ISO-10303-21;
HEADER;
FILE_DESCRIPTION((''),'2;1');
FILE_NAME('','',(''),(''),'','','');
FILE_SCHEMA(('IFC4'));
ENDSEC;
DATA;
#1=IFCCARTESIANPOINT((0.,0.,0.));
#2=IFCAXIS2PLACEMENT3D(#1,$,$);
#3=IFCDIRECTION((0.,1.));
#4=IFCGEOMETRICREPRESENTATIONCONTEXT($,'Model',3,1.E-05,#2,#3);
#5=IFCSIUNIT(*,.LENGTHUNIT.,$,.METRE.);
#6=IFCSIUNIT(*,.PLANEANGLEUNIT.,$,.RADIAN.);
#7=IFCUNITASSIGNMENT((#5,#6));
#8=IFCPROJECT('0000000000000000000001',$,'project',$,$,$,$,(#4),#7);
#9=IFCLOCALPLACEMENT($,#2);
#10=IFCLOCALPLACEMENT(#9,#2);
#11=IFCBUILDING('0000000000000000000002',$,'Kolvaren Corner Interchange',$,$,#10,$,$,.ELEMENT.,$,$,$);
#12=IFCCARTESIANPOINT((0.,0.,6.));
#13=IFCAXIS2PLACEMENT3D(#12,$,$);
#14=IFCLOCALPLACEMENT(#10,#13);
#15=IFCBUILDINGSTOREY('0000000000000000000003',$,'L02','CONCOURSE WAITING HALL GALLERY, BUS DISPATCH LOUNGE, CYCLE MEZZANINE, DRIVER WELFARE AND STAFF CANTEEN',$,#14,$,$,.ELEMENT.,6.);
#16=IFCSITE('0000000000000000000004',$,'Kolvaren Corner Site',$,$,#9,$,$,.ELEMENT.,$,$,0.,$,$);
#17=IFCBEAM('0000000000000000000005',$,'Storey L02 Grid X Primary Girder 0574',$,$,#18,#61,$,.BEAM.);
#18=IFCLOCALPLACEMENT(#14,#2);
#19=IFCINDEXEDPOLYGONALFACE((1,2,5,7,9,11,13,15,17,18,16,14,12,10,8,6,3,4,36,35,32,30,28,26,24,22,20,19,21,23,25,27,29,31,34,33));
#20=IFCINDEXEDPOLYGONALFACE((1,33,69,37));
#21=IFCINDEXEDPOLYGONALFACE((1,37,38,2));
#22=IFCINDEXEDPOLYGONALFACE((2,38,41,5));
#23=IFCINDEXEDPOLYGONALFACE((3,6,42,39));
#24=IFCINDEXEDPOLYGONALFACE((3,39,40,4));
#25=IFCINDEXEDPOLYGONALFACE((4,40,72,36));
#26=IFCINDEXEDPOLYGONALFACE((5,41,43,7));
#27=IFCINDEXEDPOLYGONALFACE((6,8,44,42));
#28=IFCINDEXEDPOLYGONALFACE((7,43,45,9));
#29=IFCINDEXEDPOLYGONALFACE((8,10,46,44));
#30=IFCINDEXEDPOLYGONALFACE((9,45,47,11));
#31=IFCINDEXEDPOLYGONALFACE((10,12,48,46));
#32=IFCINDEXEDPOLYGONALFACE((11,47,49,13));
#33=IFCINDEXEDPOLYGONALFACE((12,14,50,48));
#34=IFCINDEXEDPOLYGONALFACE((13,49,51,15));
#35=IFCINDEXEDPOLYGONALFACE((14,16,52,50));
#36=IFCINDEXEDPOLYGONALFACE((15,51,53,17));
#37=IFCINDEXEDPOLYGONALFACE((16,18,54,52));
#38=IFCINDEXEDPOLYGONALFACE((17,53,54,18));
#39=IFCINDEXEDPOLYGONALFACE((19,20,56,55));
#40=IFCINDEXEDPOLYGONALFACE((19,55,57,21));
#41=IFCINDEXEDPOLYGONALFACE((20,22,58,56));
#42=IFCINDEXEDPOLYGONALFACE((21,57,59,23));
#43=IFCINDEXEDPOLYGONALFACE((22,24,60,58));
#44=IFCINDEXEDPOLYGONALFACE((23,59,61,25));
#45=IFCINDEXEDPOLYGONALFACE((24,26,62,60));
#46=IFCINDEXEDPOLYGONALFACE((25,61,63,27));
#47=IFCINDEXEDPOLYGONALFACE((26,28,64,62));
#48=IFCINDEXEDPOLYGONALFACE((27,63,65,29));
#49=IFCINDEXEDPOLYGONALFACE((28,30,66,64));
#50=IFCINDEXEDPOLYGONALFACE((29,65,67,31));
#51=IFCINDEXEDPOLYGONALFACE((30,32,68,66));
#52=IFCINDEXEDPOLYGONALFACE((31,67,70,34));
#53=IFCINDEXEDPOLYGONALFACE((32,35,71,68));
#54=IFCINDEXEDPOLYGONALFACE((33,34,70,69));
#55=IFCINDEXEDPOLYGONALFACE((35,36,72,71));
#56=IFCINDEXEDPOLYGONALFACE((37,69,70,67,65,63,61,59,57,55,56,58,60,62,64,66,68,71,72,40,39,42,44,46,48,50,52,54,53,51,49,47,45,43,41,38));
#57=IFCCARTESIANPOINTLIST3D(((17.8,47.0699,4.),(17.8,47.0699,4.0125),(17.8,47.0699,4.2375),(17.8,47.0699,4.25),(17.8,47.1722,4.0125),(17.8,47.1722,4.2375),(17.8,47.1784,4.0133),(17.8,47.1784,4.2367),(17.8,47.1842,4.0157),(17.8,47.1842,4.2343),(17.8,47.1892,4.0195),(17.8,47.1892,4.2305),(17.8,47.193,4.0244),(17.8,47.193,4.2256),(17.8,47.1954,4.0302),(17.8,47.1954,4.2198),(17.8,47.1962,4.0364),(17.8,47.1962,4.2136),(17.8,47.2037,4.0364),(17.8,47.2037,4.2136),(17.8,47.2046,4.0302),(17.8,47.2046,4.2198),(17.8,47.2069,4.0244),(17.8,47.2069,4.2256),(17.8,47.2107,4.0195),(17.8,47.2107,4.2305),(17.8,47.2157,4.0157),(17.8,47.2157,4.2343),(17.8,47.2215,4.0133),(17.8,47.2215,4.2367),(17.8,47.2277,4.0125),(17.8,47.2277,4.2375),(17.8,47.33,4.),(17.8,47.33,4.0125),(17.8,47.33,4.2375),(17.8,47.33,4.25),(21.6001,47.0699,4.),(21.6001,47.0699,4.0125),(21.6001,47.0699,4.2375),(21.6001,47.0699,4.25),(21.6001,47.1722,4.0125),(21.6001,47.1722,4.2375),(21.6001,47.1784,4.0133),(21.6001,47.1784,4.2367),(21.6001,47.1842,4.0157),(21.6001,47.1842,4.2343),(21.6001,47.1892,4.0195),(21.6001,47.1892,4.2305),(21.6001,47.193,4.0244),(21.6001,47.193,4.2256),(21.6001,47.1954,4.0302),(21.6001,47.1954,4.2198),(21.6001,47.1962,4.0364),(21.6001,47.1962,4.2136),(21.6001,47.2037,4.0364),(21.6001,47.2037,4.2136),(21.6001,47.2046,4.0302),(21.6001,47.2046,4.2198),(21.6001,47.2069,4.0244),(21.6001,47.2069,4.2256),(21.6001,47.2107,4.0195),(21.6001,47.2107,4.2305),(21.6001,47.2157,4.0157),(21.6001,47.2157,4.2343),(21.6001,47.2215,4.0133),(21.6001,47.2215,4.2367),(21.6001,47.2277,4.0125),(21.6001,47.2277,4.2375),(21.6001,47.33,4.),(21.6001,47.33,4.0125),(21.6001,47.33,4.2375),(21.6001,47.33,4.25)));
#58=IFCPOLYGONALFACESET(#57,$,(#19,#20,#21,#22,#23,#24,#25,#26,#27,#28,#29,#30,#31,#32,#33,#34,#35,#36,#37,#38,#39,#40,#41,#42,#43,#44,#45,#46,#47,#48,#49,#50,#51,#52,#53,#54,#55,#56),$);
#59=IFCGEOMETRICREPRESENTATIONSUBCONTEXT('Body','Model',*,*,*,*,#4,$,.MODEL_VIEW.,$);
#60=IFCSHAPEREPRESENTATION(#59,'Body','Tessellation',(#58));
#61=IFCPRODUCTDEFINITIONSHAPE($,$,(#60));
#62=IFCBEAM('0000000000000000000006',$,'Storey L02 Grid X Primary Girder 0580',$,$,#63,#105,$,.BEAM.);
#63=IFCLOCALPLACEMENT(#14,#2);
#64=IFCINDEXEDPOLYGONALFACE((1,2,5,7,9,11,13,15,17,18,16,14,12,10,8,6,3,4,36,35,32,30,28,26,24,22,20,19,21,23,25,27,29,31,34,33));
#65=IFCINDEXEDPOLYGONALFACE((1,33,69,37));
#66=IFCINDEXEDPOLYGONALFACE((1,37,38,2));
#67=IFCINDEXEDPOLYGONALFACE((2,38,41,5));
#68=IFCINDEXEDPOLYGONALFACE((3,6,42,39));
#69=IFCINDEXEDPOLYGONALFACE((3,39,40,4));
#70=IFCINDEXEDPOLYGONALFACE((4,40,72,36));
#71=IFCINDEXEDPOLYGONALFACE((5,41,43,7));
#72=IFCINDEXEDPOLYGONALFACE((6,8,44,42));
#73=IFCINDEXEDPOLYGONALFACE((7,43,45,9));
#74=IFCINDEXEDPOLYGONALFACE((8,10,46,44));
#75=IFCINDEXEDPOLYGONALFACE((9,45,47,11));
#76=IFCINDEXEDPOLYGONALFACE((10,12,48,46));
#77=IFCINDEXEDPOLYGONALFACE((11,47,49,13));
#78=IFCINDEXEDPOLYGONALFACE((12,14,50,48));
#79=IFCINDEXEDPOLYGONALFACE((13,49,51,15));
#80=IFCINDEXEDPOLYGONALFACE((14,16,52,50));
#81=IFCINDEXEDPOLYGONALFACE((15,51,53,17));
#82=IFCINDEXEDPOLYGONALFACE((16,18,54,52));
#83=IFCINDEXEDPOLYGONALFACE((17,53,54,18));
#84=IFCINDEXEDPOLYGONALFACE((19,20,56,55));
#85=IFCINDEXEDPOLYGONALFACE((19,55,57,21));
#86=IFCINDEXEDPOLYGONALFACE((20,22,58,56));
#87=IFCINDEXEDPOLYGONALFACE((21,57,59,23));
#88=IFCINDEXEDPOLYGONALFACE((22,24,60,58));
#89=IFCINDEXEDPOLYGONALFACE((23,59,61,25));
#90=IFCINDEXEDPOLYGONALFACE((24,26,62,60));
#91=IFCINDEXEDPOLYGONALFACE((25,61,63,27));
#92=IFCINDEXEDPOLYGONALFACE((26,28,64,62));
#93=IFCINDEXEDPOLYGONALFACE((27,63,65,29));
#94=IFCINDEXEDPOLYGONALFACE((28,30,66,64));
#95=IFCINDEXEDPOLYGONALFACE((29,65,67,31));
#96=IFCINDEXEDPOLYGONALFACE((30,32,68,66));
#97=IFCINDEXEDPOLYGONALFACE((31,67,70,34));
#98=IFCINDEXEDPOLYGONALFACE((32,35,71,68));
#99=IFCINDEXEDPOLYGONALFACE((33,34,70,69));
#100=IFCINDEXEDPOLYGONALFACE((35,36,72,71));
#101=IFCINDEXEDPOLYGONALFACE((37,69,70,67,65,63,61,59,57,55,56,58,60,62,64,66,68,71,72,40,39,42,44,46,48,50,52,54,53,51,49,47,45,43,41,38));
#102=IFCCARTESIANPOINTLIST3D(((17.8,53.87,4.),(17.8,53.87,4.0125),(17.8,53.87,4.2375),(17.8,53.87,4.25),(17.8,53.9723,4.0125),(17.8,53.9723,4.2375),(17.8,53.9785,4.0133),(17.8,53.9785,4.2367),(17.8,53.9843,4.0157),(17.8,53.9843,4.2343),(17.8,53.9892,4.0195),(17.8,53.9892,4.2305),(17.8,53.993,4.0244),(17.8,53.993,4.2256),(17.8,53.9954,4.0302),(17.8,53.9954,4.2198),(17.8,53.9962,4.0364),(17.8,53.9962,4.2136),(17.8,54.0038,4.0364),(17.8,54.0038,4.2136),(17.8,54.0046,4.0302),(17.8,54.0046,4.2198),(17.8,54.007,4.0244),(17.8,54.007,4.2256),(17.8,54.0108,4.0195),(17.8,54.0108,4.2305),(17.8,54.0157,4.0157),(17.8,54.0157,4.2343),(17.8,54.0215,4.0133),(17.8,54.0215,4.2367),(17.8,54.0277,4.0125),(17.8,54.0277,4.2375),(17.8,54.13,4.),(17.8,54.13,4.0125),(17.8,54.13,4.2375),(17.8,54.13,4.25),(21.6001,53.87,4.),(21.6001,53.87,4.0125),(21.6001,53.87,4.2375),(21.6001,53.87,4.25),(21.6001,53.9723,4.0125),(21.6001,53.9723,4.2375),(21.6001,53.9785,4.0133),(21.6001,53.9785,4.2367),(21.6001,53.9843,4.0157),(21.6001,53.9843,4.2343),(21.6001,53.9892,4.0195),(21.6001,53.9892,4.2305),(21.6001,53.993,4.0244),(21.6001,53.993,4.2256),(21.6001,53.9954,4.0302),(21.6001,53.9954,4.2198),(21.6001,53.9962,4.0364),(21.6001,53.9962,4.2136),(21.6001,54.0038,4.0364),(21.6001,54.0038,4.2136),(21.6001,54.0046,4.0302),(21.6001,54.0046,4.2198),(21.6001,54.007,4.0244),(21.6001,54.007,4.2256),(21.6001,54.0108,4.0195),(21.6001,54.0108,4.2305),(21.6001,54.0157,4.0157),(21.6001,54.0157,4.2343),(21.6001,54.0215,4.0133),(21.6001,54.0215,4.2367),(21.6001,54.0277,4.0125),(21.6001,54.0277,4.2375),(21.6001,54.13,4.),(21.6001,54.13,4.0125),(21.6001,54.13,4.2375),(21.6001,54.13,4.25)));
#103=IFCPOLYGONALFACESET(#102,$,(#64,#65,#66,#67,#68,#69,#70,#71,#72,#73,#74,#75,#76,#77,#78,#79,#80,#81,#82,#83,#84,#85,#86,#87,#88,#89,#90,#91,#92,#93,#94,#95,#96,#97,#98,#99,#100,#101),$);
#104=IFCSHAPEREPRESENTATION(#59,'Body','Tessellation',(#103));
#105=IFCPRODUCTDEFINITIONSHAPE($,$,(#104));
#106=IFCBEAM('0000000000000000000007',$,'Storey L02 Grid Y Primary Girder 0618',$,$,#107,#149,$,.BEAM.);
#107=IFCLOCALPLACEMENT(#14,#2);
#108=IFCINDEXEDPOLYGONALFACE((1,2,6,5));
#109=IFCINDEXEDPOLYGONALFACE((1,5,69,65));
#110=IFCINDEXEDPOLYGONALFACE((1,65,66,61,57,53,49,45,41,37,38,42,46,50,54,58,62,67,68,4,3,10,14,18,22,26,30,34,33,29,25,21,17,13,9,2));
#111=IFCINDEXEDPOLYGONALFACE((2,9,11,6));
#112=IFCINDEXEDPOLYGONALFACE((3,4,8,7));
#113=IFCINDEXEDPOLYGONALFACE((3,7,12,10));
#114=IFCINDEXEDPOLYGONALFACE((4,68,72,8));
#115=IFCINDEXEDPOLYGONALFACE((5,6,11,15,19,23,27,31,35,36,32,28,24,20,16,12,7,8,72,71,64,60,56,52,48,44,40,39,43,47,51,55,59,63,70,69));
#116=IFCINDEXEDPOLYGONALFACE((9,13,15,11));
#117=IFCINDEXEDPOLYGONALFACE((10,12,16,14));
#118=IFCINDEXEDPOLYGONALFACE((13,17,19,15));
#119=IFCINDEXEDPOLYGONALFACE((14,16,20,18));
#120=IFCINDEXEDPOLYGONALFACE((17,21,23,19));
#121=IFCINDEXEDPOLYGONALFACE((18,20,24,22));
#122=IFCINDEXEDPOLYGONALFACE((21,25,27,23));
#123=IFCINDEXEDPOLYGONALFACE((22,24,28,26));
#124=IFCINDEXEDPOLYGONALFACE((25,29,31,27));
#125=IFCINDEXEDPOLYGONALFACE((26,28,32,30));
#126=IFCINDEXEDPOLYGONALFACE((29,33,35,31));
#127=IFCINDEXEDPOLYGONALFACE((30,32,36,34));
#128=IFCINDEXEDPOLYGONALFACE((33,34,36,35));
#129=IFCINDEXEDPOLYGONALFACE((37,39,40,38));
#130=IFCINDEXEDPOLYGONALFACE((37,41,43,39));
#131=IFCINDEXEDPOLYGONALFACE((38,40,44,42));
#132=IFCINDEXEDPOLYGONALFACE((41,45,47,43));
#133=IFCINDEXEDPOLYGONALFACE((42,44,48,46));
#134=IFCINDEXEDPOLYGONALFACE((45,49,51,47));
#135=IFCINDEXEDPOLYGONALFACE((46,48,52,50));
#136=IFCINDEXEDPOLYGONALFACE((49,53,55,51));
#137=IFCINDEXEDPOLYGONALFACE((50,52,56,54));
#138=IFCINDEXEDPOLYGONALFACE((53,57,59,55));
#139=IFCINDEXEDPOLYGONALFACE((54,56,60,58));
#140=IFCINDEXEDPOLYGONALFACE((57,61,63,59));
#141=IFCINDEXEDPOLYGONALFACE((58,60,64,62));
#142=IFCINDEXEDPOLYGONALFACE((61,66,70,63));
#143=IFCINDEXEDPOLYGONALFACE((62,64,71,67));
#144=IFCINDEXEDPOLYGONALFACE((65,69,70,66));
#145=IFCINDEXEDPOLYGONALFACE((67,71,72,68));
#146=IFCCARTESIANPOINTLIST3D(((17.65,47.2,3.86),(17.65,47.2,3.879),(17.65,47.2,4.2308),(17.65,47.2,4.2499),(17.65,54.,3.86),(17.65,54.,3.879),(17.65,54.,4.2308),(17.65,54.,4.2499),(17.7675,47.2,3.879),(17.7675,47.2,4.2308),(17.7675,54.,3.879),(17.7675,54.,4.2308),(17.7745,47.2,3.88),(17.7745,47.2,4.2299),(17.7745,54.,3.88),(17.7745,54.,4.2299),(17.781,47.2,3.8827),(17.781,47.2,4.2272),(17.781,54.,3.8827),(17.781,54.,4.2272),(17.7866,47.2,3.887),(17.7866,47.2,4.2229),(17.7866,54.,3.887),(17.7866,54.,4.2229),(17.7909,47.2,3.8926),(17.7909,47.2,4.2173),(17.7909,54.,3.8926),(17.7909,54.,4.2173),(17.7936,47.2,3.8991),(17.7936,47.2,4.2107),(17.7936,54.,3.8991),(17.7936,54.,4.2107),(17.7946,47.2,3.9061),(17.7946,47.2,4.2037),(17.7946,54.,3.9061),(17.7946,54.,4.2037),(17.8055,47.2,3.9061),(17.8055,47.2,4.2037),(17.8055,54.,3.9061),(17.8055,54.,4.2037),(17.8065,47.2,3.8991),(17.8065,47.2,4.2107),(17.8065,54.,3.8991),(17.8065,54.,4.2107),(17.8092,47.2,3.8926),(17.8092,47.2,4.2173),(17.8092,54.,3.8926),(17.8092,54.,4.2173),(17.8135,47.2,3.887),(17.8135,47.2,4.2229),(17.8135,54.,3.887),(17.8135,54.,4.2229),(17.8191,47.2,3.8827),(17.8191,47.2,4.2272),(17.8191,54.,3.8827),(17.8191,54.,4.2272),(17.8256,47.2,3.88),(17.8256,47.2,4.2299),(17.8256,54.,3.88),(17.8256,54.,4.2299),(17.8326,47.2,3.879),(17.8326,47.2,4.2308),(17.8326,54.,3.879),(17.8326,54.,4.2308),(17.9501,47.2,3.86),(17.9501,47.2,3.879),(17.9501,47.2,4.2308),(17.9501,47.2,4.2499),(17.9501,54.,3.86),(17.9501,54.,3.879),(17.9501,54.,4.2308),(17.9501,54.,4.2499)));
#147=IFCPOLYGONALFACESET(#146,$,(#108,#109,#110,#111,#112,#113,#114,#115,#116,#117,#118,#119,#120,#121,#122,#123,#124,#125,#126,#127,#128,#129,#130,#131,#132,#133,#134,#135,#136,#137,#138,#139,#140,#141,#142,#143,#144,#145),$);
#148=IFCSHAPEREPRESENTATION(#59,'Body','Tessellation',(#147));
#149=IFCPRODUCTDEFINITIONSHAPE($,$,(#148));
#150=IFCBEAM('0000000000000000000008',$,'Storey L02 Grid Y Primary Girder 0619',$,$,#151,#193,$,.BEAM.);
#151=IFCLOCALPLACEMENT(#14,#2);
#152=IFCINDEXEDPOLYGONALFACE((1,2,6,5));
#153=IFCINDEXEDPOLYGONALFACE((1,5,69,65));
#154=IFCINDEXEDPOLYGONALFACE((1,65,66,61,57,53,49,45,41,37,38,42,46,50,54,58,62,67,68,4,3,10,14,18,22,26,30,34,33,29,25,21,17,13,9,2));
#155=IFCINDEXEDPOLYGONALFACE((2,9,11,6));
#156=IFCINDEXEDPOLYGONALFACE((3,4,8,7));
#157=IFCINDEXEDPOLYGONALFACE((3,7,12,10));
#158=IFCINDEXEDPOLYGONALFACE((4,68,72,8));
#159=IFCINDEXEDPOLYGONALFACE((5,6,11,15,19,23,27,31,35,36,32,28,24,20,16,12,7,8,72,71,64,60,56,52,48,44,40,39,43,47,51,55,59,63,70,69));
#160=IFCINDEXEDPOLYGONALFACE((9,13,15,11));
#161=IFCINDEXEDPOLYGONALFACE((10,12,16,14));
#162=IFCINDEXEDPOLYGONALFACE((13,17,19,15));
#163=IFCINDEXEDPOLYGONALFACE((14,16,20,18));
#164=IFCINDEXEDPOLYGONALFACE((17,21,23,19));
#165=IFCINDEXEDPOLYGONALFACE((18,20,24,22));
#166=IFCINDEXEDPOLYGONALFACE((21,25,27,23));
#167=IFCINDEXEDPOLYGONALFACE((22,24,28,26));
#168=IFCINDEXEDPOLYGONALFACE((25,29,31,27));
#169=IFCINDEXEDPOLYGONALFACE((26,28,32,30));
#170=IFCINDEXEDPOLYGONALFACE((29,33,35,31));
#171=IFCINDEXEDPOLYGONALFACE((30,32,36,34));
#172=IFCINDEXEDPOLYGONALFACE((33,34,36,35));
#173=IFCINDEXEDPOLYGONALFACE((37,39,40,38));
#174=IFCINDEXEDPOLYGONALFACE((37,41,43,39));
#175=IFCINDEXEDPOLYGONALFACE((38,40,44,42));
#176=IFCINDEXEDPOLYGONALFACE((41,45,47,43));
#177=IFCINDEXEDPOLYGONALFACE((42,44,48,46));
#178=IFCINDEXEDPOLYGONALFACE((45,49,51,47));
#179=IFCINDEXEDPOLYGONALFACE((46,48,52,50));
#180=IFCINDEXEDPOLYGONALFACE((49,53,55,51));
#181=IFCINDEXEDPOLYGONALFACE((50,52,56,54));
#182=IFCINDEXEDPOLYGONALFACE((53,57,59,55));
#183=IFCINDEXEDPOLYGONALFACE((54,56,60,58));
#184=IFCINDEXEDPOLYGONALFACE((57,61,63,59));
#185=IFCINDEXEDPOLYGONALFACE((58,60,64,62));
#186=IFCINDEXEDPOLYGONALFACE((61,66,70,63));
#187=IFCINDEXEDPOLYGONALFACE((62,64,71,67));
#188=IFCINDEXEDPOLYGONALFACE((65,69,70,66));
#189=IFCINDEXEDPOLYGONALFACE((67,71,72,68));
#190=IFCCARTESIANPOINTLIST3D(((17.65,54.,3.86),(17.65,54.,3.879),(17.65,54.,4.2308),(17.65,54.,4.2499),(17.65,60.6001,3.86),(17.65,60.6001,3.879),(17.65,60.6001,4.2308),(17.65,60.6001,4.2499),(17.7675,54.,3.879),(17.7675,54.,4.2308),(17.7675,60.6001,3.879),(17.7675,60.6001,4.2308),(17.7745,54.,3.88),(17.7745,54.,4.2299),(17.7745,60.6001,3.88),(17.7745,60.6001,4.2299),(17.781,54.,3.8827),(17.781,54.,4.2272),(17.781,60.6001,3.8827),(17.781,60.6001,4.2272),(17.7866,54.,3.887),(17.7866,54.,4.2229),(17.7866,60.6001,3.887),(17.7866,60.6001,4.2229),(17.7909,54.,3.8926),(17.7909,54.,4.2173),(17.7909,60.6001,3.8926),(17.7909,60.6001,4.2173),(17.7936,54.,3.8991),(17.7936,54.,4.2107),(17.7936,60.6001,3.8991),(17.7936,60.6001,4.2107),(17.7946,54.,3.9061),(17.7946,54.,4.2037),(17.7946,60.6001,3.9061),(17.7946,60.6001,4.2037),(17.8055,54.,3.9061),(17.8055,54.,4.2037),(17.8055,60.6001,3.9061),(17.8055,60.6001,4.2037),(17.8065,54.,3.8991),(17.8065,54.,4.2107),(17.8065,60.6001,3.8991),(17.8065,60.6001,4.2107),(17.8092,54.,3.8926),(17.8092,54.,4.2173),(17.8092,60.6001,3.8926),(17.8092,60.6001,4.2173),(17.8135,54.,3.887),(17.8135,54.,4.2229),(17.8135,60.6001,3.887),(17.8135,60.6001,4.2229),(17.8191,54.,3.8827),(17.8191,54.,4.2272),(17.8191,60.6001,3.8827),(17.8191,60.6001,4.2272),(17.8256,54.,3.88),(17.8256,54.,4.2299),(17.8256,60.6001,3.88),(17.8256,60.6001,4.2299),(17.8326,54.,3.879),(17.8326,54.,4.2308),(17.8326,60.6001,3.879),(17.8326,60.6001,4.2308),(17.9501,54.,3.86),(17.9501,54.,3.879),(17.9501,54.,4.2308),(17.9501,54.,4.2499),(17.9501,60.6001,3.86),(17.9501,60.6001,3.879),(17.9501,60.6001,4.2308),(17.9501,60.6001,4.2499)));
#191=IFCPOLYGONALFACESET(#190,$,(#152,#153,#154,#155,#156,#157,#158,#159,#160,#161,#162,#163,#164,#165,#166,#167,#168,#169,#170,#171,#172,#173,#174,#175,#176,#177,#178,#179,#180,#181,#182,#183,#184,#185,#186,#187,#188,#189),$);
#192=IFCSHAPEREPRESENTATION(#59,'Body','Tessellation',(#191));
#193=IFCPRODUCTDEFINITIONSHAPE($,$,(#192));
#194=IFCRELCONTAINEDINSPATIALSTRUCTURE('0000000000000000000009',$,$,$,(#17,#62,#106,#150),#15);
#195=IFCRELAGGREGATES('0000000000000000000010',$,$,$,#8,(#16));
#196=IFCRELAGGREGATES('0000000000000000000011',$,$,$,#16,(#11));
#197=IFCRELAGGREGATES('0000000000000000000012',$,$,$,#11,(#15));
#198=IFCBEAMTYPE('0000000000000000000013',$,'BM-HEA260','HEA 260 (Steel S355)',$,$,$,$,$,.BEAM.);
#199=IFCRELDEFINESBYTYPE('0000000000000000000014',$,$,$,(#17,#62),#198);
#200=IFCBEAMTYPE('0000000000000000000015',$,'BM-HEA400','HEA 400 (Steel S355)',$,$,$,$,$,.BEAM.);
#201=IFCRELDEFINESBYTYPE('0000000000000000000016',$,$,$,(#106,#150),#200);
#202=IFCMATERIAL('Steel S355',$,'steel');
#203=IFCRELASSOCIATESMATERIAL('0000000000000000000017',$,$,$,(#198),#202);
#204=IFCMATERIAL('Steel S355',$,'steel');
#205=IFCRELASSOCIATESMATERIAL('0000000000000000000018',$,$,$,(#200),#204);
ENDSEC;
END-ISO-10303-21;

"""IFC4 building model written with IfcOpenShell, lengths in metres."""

from ifc_helpers import new_model, si_unit, direction, frame, origin, origin_2d, place, context, subcontext, project, spatial, i_section, extrude, material, material_profile, profile_set, type_object, element, save


model = new_model("IFC4")

# Units and contexts
model_context = context("Model", 3, precision=1e-05, world=origin(), true_north=direction((0.0, 1.0)))
body_context = subcontext(model_context, "Body", "Model", "MODEL_VIEW")
ifc_project = project(units=[si_unit("LENGTHUNIT", "METRE"), si_unit("PLANEANGLEUNIT", "RADIAN")], contexts=[model_context])

# Site, building, storey
site_placement = place(None, origin())
site = spatial("IfcSite", under=ifc_project, at=site_placement, Name="Kolvaren Corner Site", CompositionType="ELEMENT", RefElevation=0.0)
building_placement = place(site_placement, origin())
building = spatial("IfcBuilding", under=site, at=building_placement, Name="Kolvaren Corner Interchange", CompositionType="ELEMENT")
storey_placement = place(building_placement, frame((0.0, 0.0, 6.0)))
storey = spatial("IfcBuildingStorey", under=building, at=storey_placement, Name="L02", Description="CONCOURSE WAITING HALL GALLERY, BUS DISPATCH LOUNGE, CYCLE MEZZANINE, DRIVER WELFARE AND STAFF CANTEEN", CompositionType="ELEMENT", Elevation=6.0)

# Beams
ifc_material_1 = material(Name="Steel S355", Category="steel")
ifc_material_profile_1 = material_profile(ifc_material_1, i_section(OverallWidth=0.26, OverallDepth=0.25, WebThickness=0.0076, FlangeThickness=0.0125, FilletRadius=0.0239, at=origin_2d()), Name="HEA 260")
ifc_profile_set_1 = profile_set([ifc_material_profile_1], Name="Steel S355")
beam_type_1 = type_object("IfcBeamType", Name="BM-HEA260", Description="HEA 260 (Steel S355)", PredefinedType="BEAM", material=ifc_profile_set_1)
for number, where, z_axis, x_axis, name in (
    (1, (17.8, 47.2, 4.125), (1.0, 0.0, 0.0), (0.0, 1.0, 0.0), "Storey L02 Grid X Primary Girder 0574"),
    (2, (17.8, 54.0, 4.125), (1.0, 0.0, 0.0), (0.0, 1.0, 0.0), "Storey L02 Grid X Primary Girder 0580"),
):
    element("IfcBeam", number, at=place(storey_placement, frame(where, z_axis=z_axis, x_axis=x_axis)), inside=storey, type_object=beam_type_1, Name=name, PredefinedType="BEAM", context=body_context, shape_type="SweptSolid", body=[
        extrude(i_section(OverallWidth=0.26, OverallDepth=0.25, WebThickness=0.0076, FlangeThickness=0.0125, FilletRadius=0.0239, at=origin_2d()), origin(), (0.0, 0.0, 1.0), 3.8),
    ])
ifc_material_2 = material(Name="Steel S355", Category="steel")
ifc_material_profile_2 = material_profile(ifc_material_2, i_section(OverallWidth=0.3, OverallDepth=0.3899, WebThickness=0.011, FlangeThickness=0.019, FilletRadius=0.0271, at=origin_2d()), Name="HEA 400")
ifc_profile_set_2 = profile_set([ifc_material_profile_2], Name="Steel S355")
beam_type_2 = type_object("IfcBeamType", Name="BM-HEA400", Description="HEA 400 (Steel S355)", PredefinedType="BEAM", material=ifc_profile_set_2)
beam_1_placement = place(storey_placement, frame((17.8, 47.2, 4.0549), z_axis=(0.0, 1.0, 0.0), x_axis=(-1.0, 0.0, 0.0)))
element("IfcBeam", 3, at=beam_1_placement, inside=storey, type_object=beam_type_2, Name="Storey L02 Grid Y Primary Girder 0618", PredefinedType="BEAM", context=body_context, shape_type="SweptSolid", body=[
    extrude(i_section(OverallWidth=0.3, OverallDepth=0.3899, WebThickness=0.011, FlangeThickness=0.019, FilletRadius=0.0271, at=origin_2d()), origin(), (0.0, 0.0, 1.0), 6.8),
])
beam_2_placement = place(storey_placement, frame((17.8, 54.0, 4.0549), z_axis=(0.0, 1.0, 0.0), x_axis=(-1.0, 0.0, 0.0)))
element("IfcBeam", 4, at=beam_2_placement, inside=storey, type_object=beam_type_2, Name="Storey L02 Grid Y Primary Girder 0619", PredefinedType="BEAM", context=body_context, shape_type="SweptSolid", body=[
    extrude(i_section(OverallWidth=0.3, OverallDepth=0.3899, WebThickness=0.011, FlangeThickness=0.019, FilletRadius=0.0271, at=origin_2d()), origin(), (0.0, 0.0, 1.0), 6.6001),
])

save(model, "model.ifc")
